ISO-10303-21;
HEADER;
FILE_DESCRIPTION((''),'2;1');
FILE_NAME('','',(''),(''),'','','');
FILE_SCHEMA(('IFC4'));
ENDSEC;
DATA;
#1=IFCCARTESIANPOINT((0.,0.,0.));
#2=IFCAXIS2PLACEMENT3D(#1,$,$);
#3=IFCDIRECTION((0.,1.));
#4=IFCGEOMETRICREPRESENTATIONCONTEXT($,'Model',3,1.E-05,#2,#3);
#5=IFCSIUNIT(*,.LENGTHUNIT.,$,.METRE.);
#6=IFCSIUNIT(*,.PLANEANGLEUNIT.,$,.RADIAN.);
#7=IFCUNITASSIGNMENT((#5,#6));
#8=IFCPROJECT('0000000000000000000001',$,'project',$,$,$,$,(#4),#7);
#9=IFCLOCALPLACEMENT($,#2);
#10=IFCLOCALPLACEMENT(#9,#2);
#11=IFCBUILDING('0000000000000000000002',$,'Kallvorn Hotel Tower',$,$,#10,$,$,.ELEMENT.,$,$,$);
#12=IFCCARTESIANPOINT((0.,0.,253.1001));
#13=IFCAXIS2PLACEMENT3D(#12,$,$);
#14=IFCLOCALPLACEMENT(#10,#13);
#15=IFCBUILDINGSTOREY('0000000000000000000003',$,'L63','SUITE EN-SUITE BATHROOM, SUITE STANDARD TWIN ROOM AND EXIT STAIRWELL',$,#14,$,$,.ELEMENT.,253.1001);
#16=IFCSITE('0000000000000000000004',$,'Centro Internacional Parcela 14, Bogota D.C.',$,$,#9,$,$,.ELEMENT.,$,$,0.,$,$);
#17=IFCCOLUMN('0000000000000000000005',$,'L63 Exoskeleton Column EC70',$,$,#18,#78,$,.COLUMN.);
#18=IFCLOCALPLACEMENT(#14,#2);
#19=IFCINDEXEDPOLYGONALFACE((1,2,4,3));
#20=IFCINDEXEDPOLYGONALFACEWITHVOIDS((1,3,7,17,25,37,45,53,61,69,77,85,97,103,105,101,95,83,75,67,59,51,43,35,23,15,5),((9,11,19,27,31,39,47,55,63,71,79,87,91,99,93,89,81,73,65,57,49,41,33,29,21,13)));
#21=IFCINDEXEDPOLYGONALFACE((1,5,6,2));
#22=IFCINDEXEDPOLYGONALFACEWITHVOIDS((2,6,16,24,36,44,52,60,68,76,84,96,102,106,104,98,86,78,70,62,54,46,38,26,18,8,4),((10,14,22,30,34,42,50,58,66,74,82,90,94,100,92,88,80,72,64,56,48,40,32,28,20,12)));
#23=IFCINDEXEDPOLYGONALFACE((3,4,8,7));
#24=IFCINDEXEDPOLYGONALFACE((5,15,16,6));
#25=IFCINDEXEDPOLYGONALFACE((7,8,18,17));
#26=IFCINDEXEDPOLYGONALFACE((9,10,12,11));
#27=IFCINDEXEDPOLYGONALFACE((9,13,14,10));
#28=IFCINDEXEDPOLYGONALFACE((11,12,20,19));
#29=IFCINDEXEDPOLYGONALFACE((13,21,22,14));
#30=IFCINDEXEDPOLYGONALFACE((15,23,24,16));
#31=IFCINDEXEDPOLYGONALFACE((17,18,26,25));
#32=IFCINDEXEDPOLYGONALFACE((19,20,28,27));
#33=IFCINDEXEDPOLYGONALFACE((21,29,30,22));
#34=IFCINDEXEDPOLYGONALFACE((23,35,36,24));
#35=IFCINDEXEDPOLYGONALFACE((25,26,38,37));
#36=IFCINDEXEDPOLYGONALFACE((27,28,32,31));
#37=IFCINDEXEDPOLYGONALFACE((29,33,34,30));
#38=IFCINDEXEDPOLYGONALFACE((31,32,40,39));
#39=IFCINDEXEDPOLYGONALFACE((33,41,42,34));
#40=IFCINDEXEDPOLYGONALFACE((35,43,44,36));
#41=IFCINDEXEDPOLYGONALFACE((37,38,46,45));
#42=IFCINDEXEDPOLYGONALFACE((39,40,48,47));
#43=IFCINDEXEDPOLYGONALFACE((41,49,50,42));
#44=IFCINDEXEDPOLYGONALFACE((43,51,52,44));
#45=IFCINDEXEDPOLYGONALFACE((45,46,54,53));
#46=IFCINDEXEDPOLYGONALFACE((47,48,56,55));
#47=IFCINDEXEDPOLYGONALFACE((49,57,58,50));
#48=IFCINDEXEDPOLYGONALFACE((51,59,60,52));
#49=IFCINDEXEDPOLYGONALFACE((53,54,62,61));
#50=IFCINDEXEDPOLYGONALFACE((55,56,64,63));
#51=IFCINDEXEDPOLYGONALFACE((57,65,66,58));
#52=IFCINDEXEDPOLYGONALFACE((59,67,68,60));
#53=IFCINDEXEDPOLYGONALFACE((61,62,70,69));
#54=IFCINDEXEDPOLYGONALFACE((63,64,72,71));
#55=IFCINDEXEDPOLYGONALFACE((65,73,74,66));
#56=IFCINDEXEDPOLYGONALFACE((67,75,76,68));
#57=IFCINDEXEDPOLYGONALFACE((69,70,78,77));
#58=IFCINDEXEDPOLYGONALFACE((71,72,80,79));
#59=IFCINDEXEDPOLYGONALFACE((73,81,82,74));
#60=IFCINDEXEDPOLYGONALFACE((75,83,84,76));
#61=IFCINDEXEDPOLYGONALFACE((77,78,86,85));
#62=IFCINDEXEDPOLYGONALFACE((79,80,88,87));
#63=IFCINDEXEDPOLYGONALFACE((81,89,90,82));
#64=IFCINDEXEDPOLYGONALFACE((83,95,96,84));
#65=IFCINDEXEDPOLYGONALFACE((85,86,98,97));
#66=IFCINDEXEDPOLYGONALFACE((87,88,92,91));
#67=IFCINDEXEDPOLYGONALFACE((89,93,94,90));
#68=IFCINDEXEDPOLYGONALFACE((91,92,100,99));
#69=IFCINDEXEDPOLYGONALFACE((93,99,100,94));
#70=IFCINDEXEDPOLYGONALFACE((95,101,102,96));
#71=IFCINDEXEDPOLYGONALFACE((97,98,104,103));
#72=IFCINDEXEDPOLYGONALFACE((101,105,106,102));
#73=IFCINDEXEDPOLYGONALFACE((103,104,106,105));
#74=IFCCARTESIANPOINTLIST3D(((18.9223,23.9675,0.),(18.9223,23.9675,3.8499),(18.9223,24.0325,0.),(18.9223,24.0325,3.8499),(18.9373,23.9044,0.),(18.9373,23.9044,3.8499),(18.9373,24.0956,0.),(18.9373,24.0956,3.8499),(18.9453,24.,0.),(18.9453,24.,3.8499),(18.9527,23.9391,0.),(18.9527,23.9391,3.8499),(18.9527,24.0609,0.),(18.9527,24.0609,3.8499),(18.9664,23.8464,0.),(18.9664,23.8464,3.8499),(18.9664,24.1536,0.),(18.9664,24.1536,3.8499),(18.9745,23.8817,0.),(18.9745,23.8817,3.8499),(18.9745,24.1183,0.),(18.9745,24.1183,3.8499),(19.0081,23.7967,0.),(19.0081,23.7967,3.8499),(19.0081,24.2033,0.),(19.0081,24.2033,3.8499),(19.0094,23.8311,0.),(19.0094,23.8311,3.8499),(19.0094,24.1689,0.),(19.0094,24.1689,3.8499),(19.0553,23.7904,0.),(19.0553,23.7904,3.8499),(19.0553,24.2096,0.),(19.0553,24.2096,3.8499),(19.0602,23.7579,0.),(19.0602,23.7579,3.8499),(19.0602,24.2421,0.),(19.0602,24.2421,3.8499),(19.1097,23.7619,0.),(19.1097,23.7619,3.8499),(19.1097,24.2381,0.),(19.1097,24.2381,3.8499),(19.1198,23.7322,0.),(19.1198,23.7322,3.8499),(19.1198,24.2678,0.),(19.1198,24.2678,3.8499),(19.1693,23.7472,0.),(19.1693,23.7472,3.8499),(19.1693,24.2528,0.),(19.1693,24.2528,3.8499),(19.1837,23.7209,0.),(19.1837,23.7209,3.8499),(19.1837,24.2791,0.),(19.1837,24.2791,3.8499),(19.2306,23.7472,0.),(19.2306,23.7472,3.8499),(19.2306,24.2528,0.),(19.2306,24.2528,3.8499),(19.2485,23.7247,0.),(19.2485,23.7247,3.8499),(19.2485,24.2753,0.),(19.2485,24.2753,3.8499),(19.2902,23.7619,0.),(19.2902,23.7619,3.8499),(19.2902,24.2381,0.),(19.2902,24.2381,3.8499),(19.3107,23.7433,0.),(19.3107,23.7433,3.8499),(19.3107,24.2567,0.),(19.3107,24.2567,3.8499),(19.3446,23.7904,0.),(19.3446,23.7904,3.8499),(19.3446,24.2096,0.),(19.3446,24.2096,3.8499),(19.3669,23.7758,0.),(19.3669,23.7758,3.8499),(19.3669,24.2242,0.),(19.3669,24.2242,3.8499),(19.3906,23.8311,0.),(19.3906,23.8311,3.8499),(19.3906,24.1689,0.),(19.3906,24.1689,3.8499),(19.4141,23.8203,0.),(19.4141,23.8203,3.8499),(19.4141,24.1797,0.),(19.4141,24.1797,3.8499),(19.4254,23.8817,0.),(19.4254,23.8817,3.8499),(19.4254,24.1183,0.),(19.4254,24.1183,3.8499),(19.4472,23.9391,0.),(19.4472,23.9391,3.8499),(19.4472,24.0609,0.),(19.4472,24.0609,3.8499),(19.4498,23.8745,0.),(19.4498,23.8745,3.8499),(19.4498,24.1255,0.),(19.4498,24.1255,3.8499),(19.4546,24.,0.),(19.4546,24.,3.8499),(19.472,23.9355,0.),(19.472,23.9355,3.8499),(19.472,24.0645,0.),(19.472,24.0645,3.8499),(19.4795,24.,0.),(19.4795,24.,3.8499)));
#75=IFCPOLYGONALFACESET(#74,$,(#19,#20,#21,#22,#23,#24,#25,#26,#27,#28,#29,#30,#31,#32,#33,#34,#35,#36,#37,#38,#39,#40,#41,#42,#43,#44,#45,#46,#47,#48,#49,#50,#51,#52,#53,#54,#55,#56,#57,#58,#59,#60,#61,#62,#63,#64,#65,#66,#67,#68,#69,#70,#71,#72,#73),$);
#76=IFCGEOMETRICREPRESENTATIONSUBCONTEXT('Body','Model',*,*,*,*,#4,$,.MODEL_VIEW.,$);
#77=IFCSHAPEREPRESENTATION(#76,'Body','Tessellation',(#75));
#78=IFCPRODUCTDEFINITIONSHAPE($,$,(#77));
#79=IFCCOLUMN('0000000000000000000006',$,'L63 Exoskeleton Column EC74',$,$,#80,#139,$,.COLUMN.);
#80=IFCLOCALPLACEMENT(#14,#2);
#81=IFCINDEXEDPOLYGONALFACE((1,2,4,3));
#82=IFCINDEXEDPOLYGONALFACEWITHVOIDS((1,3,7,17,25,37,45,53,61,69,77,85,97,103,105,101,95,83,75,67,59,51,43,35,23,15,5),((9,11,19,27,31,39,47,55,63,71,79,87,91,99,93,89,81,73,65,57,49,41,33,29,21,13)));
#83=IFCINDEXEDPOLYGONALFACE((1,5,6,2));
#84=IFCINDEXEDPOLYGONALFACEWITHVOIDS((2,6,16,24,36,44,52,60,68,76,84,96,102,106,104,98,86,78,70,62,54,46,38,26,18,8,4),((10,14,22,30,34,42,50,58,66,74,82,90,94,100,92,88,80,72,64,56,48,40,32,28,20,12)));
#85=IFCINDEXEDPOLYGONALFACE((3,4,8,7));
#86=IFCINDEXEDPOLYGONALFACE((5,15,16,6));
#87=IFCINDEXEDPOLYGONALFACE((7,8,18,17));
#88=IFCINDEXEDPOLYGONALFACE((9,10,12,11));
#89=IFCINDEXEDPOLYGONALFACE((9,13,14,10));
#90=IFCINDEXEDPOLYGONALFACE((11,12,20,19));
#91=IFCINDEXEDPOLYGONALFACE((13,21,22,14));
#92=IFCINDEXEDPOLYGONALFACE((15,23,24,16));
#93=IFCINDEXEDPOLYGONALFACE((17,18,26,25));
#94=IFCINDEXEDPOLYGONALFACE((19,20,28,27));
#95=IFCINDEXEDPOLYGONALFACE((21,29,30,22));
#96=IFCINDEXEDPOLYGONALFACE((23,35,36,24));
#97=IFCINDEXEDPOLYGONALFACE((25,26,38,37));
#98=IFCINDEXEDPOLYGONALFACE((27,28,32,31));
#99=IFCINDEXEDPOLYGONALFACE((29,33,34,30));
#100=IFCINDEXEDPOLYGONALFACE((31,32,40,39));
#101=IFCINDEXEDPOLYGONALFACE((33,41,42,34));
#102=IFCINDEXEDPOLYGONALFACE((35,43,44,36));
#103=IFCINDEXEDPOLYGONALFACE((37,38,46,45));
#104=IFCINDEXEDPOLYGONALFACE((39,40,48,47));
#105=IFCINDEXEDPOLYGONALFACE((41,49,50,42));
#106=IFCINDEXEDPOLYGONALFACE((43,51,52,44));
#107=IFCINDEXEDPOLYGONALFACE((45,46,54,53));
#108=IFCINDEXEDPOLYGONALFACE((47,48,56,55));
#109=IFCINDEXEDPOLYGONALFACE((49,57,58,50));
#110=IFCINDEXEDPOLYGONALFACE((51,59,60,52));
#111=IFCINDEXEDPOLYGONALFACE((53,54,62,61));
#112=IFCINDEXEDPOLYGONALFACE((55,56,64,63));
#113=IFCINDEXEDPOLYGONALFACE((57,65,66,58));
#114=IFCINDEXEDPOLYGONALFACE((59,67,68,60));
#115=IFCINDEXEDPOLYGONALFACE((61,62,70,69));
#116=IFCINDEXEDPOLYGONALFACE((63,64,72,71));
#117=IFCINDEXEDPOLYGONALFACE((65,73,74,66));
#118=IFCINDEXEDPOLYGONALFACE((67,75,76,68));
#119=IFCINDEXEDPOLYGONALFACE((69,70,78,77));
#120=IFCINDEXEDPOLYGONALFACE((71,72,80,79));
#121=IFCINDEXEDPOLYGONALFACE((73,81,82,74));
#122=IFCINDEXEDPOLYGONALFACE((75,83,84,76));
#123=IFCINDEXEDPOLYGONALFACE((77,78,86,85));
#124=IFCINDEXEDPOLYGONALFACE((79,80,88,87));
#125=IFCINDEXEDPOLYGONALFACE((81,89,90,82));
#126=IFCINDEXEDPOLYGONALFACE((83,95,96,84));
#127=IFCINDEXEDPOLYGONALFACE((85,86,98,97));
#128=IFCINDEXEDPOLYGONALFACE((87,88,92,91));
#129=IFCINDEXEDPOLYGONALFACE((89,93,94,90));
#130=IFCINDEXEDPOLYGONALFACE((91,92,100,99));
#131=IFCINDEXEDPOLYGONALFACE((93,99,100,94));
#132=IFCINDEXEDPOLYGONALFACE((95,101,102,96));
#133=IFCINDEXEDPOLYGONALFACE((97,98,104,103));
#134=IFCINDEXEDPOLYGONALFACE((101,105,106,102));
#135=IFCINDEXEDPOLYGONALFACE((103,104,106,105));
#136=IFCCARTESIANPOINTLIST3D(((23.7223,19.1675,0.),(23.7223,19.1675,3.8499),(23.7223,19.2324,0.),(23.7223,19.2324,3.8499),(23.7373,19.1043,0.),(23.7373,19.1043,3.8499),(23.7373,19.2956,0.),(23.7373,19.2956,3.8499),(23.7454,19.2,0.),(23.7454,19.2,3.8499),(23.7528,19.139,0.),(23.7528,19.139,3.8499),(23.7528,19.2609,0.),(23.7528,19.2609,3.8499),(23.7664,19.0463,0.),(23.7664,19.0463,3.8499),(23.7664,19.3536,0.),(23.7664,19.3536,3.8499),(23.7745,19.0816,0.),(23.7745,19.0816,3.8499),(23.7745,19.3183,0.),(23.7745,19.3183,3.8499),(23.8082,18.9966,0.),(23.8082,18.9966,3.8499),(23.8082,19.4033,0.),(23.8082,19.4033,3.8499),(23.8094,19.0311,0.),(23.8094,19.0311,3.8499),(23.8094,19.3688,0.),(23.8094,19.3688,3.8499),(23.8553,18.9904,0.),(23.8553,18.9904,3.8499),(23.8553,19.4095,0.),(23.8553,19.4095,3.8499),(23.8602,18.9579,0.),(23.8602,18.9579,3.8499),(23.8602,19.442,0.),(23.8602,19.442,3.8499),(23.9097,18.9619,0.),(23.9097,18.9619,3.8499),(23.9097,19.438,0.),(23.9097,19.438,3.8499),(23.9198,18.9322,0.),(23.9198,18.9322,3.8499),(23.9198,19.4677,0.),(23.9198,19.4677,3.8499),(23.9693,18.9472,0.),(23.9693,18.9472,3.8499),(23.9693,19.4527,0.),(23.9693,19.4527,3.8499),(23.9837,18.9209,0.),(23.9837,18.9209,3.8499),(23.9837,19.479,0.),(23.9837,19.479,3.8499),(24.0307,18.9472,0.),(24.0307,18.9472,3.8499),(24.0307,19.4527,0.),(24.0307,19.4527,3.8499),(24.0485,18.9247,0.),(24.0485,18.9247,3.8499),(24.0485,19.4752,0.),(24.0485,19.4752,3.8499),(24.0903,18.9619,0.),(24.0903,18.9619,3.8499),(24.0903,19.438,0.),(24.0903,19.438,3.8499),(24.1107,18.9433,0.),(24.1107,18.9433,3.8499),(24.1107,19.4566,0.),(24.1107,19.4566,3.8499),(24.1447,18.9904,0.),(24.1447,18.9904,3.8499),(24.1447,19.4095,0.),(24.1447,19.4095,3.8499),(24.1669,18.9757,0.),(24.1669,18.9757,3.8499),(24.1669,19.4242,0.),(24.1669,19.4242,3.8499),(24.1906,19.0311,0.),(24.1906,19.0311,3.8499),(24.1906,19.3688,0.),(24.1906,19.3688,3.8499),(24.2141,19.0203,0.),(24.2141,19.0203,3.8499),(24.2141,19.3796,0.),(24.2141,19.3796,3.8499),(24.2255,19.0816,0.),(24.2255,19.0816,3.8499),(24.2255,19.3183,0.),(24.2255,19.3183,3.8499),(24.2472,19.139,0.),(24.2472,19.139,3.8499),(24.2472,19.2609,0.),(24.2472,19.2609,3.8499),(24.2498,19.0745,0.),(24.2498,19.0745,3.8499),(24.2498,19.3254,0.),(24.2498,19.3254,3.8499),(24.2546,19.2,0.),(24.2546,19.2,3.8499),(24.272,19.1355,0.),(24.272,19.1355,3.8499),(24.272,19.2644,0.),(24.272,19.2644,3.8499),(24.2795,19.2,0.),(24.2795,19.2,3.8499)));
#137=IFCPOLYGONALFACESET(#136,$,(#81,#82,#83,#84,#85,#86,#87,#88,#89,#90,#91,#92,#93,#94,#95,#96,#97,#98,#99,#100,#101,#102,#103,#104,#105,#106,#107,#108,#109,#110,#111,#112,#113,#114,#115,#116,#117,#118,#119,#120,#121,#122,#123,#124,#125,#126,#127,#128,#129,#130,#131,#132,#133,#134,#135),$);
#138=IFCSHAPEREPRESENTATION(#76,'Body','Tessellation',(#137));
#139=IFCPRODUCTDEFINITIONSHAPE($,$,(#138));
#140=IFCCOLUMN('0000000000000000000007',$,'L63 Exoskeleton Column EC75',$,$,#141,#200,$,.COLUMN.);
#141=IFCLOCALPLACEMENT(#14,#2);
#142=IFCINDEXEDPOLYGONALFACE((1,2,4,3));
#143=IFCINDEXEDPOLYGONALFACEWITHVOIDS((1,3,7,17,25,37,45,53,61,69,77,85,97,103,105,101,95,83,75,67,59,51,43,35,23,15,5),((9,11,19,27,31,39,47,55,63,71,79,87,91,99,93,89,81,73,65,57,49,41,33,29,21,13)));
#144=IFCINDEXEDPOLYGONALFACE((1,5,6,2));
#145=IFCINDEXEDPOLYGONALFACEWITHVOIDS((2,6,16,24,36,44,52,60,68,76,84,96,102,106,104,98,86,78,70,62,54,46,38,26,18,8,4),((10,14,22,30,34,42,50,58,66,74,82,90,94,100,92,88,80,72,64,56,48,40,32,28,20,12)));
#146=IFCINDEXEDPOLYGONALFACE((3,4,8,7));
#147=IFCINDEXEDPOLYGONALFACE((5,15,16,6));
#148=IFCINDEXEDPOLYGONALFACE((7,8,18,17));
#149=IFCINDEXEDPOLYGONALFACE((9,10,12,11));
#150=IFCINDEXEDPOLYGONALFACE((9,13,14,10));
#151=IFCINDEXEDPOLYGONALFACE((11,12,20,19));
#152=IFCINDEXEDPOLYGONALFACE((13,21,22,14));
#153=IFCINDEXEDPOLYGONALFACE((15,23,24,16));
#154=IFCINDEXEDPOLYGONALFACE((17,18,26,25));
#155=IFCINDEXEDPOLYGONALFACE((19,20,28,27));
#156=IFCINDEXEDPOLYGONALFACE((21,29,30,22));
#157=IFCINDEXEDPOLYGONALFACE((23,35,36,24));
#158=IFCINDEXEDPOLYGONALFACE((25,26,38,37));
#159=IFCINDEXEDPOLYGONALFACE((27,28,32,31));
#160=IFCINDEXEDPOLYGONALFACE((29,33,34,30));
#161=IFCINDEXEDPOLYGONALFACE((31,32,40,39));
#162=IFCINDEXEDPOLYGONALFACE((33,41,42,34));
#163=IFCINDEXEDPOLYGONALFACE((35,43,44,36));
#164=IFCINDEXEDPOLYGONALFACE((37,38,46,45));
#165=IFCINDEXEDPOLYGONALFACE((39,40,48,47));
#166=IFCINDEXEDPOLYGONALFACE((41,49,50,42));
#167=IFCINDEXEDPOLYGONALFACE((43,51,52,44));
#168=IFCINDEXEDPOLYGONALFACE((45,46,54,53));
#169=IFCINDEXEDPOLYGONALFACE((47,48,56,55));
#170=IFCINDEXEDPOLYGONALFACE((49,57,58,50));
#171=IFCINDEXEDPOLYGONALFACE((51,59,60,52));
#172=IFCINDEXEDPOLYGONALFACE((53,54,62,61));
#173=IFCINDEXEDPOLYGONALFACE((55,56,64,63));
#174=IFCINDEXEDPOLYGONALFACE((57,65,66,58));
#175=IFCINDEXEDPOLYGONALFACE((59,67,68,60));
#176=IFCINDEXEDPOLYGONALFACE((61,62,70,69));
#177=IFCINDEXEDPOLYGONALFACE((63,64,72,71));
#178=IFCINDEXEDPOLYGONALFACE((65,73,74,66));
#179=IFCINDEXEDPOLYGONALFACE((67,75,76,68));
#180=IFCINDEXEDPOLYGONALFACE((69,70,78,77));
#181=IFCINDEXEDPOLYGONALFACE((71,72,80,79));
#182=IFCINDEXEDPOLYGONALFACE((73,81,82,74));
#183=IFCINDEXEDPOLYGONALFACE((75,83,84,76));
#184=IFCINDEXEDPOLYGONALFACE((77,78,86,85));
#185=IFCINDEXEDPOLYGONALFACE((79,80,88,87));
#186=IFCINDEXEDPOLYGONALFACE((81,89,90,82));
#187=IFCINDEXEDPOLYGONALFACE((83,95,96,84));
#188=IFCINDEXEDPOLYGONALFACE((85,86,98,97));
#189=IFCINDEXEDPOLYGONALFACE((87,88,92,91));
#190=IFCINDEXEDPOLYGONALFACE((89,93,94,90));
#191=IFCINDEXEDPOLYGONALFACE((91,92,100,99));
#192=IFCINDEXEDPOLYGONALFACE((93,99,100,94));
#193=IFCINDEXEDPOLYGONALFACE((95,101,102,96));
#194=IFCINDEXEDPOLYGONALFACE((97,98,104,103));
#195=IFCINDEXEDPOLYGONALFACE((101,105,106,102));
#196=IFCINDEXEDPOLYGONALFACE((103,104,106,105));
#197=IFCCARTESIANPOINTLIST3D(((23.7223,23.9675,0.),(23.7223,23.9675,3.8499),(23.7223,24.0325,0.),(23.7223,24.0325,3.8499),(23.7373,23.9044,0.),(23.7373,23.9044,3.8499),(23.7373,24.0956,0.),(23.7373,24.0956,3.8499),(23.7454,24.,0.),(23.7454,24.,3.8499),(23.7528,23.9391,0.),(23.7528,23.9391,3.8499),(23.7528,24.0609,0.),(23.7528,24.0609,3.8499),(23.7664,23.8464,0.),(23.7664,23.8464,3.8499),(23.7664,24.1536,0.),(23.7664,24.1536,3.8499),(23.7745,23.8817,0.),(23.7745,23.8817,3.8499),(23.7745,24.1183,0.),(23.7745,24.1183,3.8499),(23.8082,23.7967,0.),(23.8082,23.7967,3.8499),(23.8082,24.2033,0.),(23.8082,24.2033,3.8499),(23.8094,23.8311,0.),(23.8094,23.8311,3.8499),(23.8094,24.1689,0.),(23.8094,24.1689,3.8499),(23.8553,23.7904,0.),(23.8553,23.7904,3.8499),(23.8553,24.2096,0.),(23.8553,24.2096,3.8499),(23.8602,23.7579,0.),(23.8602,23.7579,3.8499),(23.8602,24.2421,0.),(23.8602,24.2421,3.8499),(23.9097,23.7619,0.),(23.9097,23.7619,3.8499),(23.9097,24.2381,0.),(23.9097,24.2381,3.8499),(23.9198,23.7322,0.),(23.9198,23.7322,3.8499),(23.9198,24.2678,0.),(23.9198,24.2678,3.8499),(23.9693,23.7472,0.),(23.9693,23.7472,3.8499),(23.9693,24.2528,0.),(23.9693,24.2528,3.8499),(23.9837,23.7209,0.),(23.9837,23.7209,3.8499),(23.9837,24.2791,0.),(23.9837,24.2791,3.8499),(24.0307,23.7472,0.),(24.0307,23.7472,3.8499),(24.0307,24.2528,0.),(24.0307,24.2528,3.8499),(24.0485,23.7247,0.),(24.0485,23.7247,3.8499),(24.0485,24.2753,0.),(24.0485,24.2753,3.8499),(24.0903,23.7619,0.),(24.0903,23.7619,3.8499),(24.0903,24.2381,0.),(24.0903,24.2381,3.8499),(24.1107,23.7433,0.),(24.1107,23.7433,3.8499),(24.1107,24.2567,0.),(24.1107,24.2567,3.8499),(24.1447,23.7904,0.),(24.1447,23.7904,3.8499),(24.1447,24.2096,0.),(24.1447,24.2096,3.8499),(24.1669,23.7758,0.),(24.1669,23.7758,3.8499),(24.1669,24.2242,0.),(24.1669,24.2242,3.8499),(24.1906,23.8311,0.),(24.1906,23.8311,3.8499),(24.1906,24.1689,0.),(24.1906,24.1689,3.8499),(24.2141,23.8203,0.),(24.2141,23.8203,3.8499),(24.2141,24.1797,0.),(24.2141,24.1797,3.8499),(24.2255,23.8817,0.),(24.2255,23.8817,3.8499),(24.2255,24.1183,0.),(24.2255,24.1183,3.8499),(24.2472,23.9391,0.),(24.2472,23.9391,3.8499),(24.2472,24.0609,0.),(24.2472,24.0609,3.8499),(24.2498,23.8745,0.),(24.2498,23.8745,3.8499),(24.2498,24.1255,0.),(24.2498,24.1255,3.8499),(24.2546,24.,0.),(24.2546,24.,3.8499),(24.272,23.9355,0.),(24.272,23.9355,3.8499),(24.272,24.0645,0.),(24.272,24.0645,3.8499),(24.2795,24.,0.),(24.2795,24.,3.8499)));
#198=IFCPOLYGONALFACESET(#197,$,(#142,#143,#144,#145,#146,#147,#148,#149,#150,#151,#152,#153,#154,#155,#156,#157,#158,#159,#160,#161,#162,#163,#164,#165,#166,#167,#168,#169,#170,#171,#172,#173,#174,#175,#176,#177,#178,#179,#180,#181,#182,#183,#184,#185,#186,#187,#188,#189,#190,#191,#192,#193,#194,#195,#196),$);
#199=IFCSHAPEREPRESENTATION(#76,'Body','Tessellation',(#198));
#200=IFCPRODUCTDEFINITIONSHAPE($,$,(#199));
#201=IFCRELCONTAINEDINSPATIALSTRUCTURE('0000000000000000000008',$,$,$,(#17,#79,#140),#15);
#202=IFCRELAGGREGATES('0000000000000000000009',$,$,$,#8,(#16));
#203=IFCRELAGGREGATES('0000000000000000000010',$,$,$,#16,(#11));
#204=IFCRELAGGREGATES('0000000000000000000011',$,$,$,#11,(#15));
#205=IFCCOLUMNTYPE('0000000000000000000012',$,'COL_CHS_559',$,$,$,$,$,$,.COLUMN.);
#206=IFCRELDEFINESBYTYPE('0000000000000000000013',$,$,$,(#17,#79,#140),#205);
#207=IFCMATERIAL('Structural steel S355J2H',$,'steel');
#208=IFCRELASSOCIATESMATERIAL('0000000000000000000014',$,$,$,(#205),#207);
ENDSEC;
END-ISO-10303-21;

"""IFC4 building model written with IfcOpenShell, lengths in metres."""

from ifc_helpers import new_model, si_unit, direction, frame, origin, origin_2d, place, context, subcontext, project, spatial, hollow_circle, extrude, material, material_profile, profile_set, type_object, element, save


model = new_model("IFC4")

# Units and contexts
model_context = context("Model", 3, precision=1e-05, world=origin(), true_north=direction((0.0, 1.0)))
body_context = subcontext(model_context, "Body", "Model", "MODEL_VIEW")
ifc_project = project(units=[si_unit("LENGTHUNIT", "METRE"), si_unit("PLANEANGLEUNIT", "RADIAN")], contexts=[model_context])

# Site, building, storey
site_placement = place(None, origin())
site = spatial("IfcSite", under=ifc_project, at=site_placement, Name="Centro Internacional Parcela 14, Bogota D.C.", CompositionType="ELEMENT", RefElevation=0.0)
building_placement = place(site_placement, origin())
building = spatial("IfcBuilding", under=site, at=building_placement, Name="Kallvorn Hotel Tower", CompositionType="ELEMENT")
storey_placement = place(building_placement, frame((0.0, 0.0, 253.1001)))
storey = spatial("IfcBuildingStorey", under=building, at=storey_placement, Name="L63", Description="SUITE EN-SUITE BATHROOM, SUITE STANDARD TWIN ROOM AND EXIT STAIRWELL", CompositionType="ELEMENT", Elevation=253.1001)

# Columns
ifc_material_1 = material(Name="Structural steel S355J2H", Category="steel")
ifc_material_profile_1 = material_profile(ifc_material_1, hollow_circle(Radius=0.2795, WallThickness=0.0249, at=origin_2d()), Name="CHS 559x25")
ifc_profile_set_1 = profile_set([ifc_material_profile_1], Name="Structural steel S355J2H")
column_type = type_object("IfcColumnType", Name="COL_CHS_559", PredefinedType="COLUMN", material=ifc_profile_set_1)
for number, where, z_axis, x_axis, name in (
    (1, (19.2, 24.0, 0.0), (0.0, 0.0, 1.0), (1.0, 0.0, 0.0), "L63 Exoskeleton Column EC70"),
    (2, (24.0, 19.2, 0.0), (0.0, 0.0, 1.0), (1.0, 0.0, 0.0), "L63 Exoskeleton Column EC74"),
    (3, (24.0, 24.0, 0.0), (0.0, 0.0, 1.0), (1.0, 0.0, 0.0), "L63 Exoskeleton Column EC75"),
):
    element("IfcColumn", number, at=place(storey_placement, frame(where, z_axis=z_axis, x_axis=x_axis)), inside=storey, type_object=column_type, Name=name, PredefinedType="COLUMN", context=body_context, shape_type="SweptSolid", body=[
        extrude(hollow_circle(Radius=0.2795, WallThickness=0.0249, at=origin_2d()), origin(), (0.0, 0.0, 1.0), 3.8499),
    ])

save(model, "model.ifc")
